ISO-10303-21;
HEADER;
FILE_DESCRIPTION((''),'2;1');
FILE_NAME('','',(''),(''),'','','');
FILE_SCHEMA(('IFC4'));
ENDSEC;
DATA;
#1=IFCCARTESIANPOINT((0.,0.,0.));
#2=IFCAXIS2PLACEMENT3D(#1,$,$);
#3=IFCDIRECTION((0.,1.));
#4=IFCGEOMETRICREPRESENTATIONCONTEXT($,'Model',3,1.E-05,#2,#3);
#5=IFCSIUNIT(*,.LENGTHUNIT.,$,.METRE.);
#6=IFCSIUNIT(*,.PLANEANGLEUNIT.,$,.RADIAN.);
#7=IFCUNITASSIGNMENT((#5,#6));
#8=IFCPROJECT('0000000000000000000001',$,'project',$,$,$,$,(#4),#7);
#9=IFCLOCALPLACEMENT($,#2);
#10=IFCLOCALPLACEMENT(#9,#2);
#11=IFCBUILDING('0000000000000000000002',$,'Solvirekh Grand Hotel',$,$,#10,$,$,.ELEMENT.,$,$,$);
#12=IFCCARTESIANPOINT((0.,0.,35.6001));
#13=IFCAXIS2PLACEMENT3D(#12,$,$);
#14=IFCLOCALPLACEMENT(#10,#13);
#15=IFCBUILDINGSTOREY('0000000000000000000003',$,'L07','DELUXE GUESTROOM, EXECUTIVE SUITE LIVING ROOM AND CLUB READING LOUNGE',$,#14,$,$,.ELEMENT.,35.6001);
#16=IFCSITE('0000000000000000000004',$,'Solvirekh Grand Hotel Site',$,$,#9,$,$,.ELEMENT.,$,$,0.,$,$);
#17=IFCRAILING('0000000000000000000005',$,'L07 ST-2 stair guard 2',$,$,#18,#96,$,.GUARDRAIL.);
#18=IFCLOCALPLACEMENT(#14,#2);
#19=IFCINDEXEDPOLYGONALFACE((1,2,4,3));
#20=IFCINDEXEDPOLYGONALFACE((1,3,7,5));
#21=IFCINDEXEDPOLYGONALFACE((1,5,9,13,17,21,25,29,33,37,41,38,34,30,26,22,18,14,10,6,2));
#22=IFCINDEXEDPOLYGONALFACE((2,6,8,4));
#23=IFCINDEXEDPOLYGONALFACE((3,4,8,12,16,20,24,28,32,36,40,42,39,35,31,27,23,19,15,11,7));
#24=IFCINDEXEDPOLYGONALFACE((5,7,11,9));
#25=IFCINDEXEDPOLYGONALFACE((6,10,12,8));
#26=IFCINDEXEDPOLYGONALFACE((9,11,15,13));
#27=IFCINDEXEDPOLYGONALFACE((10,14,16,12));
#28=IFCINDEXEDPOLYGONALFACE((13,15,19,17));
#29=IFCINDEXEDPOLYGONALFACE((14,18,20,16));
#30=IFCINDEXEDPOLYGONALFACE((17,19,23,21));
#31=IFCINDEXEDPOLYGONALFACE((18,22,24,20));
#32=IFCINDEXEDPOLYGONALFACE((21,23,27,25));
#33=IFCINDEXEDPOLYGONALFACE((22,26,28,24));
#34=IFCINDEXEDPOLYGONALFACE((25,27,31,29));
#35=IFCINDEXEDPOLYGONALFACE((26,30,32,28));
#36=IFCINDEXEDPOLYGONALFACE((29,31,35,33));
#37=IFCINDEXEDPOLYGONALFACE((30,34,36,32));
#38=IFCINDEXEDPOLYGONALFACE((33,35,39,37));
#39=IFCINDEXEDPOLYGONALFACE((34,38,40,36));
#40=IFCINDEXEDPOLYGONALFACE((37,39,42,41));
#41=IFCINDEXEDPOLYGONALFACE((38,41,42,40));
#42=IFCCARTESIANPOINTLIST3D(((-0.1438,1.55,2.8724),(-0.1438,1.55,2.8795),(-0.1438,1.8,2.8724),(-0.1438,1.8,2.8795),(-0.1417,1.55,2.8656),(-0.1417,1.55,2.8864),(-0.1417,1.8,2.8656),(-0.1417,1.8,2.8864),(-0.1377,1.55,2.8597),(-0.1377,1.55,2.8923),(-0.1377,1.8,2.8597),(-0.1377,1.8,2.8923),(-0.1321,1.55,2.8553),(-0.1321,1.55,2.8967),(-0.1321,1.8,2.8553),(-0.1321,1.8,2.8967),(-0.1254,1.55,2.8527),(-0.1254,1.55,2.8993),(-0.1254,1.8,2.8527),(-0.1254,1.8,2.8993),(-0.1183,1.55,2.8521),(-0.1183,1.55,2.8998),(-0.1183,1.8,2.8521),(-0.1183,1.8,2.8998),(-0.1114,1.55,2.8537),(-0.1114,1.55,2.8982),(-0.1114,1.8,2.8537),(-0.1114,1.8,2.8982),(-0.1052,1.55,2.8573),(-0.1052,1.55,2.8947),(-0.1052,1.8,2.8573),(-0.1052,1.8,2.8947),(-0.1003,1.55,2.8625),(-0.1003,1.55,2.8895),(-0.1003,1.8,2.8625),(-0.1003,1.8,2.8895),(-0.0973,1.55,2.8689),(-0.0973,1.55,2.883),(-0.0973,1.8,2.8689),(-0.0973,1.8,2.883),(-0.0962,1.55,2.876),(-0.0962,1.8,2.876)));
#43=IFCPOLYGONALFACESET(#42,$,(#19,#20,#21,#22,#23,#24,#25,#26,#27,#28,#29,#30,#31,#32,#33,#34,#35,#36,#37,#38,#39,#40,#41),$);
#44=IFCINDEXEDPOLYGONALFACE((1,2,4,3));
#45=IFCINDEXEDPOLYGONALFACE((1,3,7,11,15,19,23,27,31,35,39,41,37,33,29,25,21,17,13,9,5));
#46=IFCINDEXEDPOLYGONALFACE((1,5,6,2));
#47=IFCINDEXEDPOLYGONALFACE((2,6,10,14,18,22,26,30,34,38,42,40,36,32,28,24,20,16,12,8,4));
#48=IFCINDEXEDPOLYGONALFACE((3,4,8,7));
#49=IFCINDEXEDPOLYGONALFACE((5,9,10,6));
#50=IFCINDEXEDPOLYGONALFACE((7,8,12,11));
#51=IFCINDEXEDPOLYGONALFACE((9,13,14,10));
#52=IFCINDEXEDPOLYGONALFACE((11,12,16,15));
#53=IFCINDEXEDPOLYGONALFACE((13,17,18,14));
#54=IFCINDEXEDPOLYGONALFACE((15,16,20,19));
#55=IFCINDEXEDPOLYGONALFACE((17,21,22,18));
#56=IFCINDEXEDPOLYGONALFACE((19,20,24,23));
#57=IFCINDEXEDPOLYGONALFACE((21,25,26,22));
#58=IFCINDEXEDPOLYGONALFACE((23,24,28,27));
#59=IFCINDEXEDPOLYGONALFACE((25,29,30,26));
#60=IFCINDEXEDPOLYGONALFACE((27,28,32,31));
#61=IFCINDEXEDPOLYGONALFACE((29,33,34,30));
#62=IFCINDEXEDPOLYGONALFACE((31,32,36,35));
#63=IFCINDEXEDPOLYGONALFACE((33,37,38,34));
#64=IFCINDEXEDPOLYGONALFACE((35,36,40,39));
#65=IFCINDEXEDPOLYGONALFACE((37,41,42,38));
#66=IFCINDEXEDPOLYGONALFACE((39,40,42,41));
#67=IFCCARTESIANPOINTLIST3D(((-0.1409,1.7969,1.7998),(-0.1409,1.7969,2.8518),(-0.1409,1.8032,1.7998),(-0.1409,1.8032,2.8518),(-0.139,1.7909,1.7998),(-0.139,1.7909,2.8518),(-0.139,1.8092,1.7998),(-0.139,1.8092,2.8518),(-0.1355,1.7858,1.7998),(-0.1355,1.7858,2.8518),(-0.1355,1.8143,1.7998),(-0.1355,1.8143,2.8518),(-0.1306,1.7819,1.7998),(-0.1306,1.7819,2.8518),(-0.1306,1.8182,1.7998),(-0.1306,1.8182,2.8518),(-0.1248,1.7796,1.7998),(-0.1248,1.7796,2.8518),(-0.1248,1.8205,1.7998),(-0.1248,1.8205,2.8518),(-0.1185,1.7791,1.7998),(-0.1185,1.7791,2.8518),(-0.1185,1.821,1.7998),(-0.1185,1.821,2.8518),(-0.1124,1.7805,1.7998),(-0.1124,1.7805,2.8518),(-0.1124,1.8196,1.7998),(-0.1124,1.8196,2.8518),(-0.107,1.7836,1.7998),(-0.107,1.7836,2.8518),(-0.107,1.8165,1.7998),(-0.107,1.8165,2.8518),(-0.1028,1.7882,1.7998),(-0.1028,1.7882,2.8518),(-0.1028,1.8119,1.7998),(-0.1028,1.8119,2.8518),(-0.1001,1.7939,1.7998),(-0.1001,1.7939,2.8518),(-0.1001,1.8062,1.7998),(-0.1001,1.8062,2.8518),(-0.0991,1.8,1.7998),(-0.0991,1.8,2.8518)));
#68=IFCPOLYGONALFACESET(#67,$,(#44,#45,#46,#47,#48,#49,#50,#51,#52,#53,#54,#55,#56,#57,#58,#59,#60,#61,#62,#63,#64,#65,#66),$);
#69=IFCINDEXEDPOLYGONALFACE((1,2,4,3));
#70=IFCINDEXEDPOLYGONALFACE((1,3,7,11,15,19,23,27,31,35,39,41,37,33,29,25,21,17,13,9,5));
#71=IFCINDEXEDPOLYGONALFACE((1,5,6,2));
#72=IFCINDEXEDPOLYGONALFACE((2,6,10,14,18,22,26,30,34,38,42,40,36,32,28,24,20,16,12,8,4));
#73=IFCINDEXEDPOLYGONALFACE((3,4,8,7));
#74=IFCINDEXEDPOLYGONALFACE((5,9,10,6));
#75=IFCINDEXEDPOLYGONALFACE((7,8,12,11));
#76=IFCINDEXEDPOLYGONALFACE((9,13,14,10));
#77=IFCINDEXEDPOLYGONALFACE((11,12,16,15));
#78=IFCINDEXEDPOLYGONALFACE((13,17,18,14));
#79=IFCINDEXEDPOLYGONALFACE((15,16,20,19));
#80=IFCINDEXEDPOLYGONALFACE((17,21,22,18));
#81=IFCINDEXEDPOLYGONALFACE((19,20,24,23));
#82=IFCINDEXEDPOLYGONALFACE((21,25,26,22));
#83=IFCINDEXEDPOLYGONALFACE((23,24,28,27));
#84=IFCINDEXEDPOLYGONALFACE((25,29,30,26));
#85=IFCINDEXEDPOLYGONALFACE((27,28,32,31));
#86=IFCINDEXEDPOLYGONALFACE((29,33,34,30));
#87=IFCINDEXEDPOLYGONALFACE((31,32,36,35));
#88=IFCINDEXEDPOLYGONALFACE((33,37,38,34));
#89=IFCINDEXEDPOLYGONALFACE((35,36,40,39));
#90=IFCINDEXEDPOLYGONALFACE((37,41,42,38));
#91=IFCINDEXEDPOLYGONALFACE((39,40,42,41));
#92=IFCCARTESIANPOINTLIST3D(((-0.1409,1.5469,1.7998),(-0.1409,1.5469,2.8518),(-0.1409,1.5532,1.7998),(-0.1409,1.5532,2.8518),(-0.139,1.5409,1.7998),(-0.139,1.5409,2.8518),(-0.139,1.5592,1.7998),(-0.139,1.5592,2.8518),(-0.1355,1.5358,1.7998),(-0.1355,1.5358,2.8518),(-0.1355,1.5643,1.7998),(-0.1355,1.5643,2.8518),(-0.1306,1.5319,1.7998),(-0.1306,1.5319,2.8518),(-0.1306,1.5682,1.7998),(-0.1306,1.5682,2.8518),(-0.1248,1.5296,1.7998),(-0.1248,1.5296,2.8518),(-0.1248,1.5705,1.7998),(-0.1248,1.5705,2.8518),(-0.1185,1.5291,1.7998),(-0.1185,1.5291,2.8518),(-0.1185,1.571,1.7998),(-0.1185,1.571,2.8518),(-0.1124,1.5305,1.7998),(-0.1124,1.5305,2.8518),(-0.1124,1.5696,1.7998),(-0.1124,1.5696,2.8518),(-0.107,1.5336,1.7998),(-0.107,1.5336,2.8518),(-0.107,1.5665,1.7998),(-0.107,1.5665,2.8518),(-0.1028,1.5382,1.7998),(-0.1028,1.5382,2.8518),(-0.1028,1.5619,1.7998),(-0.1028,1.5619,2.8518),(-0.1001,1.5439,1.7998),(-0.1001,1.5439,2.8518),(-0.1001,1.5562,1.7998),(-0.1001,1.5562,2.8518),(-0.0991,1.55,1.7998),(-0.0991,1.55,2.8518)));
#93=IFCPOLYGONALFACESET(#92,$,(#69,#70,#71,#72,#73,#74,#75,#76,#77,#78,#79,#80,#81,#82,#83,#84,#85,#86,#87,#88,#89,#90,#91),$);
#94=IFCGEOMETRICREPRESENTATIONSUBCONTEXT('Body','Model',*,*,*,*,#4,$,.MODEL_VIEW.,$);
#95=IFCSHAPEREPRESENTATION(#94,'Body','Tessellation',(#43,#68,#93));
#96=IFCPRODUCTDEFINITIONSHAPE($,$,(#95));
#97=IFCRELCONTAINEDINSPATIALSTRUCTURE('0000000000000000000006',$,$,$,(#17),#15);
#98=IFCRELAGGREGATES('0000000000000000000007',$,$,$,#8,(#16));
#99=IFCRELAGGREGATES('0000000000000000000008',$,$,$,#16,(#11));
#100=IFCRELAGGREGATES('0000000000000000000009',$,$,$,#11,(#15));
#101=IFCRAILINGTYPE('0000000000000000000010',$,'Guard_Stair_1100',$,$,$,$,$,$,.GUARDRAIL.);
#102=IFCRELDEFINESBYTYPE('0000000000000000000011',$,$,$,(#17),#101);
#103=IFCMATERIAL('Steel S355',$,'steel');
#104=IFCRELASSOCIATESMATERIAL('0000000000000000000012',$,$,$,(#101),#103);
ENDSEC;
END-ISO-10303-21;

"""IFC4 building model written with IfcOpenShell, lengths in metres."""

from ifc_helpers import new_model, si_unit, direction, frame, origin, origin_2d, place, context, subcontext, project, spatial, circle, extrude, material, type_object, element, save


model = new_model("IFC4")

# Units and contexts
model_context = context("Model", 3, precision=1e-05, world=origin(), true_north=direction((0.0, 1.0)))
body_context = subcontext(model_context, "Body", "Model", "MODEL_VIEW")
ifc_project = project(units=[si_unit("LENGTHUNIT", "METRE"), si_unit("PLANEANGLEUNIT", "RADIAN")], contexts=[model_context])

# Site, building, storey
site_placement = place(None, origin())
site = spatial("IfcSite", under=ifc_project, at=site_placement, Name="Solvirekh Grand Hotel Site", CompositionType="ELEMENT", RefElevation=0.0)
building_placement = place(site_placement, origin())
building = spatial("IfcBuilding", under=site, at=building_placement, Name="Solvirekh Grand Hotel", CompositionType="ELEMENT")
storey_placement = place(building_placement, frame((0.0, 0.0, 35.6001)))
storey = spatial("IfcBuildingStorey", under=building, at=storey_placement, Name="L07", Description="DELUXE GUESTROOM, EXECUTIVE SUITE LIVING ROOM AND CLUB READING LOUNGE", CompositionType="ELEMENT", Elevation=35.6001)

# Railing
ifc_material_1 = material(Name="Steel S355", Category="steel")
railing_type_1 = type_object("IfcRailingType", Name="Guard_Stair_1100", PredefinedType="GUARDRAIL", material=ifc_material_1)
railing_1_placement = place(storey_placement, frame((-0.1201, 1.8, 1.7998)))
element("IfcRailing", 1, at=railing_1_placement, inside=storey, type_object=railing_type_1, Name="L07 ST-2 stair guard 2", PredefinedType="GUARDRAIL", context=body_context, shape_type="SweptSolid", body=[
    extrude(circle(Radius=0.0239, at=origin_2d()), frame((0.0, 0.0, 1.0762), z_axis=(0.0, -1.0, 0.0), x_axis=(1.0, 0.0, 0.0)), (0.0, 0.0, 1.0), 0.25),
    extrude(circle(Radius=0.021, at=origin_2d()), origin(), (0.0, 0.0, 1.0), 1.052),
    extrude(circle(Radius=0.021, at=origin_2d()), frame((0.0, -0.25, 0.0)), (0.0, 0.0, 1.0), 1.052),
])

save(model, "model.ifc")
